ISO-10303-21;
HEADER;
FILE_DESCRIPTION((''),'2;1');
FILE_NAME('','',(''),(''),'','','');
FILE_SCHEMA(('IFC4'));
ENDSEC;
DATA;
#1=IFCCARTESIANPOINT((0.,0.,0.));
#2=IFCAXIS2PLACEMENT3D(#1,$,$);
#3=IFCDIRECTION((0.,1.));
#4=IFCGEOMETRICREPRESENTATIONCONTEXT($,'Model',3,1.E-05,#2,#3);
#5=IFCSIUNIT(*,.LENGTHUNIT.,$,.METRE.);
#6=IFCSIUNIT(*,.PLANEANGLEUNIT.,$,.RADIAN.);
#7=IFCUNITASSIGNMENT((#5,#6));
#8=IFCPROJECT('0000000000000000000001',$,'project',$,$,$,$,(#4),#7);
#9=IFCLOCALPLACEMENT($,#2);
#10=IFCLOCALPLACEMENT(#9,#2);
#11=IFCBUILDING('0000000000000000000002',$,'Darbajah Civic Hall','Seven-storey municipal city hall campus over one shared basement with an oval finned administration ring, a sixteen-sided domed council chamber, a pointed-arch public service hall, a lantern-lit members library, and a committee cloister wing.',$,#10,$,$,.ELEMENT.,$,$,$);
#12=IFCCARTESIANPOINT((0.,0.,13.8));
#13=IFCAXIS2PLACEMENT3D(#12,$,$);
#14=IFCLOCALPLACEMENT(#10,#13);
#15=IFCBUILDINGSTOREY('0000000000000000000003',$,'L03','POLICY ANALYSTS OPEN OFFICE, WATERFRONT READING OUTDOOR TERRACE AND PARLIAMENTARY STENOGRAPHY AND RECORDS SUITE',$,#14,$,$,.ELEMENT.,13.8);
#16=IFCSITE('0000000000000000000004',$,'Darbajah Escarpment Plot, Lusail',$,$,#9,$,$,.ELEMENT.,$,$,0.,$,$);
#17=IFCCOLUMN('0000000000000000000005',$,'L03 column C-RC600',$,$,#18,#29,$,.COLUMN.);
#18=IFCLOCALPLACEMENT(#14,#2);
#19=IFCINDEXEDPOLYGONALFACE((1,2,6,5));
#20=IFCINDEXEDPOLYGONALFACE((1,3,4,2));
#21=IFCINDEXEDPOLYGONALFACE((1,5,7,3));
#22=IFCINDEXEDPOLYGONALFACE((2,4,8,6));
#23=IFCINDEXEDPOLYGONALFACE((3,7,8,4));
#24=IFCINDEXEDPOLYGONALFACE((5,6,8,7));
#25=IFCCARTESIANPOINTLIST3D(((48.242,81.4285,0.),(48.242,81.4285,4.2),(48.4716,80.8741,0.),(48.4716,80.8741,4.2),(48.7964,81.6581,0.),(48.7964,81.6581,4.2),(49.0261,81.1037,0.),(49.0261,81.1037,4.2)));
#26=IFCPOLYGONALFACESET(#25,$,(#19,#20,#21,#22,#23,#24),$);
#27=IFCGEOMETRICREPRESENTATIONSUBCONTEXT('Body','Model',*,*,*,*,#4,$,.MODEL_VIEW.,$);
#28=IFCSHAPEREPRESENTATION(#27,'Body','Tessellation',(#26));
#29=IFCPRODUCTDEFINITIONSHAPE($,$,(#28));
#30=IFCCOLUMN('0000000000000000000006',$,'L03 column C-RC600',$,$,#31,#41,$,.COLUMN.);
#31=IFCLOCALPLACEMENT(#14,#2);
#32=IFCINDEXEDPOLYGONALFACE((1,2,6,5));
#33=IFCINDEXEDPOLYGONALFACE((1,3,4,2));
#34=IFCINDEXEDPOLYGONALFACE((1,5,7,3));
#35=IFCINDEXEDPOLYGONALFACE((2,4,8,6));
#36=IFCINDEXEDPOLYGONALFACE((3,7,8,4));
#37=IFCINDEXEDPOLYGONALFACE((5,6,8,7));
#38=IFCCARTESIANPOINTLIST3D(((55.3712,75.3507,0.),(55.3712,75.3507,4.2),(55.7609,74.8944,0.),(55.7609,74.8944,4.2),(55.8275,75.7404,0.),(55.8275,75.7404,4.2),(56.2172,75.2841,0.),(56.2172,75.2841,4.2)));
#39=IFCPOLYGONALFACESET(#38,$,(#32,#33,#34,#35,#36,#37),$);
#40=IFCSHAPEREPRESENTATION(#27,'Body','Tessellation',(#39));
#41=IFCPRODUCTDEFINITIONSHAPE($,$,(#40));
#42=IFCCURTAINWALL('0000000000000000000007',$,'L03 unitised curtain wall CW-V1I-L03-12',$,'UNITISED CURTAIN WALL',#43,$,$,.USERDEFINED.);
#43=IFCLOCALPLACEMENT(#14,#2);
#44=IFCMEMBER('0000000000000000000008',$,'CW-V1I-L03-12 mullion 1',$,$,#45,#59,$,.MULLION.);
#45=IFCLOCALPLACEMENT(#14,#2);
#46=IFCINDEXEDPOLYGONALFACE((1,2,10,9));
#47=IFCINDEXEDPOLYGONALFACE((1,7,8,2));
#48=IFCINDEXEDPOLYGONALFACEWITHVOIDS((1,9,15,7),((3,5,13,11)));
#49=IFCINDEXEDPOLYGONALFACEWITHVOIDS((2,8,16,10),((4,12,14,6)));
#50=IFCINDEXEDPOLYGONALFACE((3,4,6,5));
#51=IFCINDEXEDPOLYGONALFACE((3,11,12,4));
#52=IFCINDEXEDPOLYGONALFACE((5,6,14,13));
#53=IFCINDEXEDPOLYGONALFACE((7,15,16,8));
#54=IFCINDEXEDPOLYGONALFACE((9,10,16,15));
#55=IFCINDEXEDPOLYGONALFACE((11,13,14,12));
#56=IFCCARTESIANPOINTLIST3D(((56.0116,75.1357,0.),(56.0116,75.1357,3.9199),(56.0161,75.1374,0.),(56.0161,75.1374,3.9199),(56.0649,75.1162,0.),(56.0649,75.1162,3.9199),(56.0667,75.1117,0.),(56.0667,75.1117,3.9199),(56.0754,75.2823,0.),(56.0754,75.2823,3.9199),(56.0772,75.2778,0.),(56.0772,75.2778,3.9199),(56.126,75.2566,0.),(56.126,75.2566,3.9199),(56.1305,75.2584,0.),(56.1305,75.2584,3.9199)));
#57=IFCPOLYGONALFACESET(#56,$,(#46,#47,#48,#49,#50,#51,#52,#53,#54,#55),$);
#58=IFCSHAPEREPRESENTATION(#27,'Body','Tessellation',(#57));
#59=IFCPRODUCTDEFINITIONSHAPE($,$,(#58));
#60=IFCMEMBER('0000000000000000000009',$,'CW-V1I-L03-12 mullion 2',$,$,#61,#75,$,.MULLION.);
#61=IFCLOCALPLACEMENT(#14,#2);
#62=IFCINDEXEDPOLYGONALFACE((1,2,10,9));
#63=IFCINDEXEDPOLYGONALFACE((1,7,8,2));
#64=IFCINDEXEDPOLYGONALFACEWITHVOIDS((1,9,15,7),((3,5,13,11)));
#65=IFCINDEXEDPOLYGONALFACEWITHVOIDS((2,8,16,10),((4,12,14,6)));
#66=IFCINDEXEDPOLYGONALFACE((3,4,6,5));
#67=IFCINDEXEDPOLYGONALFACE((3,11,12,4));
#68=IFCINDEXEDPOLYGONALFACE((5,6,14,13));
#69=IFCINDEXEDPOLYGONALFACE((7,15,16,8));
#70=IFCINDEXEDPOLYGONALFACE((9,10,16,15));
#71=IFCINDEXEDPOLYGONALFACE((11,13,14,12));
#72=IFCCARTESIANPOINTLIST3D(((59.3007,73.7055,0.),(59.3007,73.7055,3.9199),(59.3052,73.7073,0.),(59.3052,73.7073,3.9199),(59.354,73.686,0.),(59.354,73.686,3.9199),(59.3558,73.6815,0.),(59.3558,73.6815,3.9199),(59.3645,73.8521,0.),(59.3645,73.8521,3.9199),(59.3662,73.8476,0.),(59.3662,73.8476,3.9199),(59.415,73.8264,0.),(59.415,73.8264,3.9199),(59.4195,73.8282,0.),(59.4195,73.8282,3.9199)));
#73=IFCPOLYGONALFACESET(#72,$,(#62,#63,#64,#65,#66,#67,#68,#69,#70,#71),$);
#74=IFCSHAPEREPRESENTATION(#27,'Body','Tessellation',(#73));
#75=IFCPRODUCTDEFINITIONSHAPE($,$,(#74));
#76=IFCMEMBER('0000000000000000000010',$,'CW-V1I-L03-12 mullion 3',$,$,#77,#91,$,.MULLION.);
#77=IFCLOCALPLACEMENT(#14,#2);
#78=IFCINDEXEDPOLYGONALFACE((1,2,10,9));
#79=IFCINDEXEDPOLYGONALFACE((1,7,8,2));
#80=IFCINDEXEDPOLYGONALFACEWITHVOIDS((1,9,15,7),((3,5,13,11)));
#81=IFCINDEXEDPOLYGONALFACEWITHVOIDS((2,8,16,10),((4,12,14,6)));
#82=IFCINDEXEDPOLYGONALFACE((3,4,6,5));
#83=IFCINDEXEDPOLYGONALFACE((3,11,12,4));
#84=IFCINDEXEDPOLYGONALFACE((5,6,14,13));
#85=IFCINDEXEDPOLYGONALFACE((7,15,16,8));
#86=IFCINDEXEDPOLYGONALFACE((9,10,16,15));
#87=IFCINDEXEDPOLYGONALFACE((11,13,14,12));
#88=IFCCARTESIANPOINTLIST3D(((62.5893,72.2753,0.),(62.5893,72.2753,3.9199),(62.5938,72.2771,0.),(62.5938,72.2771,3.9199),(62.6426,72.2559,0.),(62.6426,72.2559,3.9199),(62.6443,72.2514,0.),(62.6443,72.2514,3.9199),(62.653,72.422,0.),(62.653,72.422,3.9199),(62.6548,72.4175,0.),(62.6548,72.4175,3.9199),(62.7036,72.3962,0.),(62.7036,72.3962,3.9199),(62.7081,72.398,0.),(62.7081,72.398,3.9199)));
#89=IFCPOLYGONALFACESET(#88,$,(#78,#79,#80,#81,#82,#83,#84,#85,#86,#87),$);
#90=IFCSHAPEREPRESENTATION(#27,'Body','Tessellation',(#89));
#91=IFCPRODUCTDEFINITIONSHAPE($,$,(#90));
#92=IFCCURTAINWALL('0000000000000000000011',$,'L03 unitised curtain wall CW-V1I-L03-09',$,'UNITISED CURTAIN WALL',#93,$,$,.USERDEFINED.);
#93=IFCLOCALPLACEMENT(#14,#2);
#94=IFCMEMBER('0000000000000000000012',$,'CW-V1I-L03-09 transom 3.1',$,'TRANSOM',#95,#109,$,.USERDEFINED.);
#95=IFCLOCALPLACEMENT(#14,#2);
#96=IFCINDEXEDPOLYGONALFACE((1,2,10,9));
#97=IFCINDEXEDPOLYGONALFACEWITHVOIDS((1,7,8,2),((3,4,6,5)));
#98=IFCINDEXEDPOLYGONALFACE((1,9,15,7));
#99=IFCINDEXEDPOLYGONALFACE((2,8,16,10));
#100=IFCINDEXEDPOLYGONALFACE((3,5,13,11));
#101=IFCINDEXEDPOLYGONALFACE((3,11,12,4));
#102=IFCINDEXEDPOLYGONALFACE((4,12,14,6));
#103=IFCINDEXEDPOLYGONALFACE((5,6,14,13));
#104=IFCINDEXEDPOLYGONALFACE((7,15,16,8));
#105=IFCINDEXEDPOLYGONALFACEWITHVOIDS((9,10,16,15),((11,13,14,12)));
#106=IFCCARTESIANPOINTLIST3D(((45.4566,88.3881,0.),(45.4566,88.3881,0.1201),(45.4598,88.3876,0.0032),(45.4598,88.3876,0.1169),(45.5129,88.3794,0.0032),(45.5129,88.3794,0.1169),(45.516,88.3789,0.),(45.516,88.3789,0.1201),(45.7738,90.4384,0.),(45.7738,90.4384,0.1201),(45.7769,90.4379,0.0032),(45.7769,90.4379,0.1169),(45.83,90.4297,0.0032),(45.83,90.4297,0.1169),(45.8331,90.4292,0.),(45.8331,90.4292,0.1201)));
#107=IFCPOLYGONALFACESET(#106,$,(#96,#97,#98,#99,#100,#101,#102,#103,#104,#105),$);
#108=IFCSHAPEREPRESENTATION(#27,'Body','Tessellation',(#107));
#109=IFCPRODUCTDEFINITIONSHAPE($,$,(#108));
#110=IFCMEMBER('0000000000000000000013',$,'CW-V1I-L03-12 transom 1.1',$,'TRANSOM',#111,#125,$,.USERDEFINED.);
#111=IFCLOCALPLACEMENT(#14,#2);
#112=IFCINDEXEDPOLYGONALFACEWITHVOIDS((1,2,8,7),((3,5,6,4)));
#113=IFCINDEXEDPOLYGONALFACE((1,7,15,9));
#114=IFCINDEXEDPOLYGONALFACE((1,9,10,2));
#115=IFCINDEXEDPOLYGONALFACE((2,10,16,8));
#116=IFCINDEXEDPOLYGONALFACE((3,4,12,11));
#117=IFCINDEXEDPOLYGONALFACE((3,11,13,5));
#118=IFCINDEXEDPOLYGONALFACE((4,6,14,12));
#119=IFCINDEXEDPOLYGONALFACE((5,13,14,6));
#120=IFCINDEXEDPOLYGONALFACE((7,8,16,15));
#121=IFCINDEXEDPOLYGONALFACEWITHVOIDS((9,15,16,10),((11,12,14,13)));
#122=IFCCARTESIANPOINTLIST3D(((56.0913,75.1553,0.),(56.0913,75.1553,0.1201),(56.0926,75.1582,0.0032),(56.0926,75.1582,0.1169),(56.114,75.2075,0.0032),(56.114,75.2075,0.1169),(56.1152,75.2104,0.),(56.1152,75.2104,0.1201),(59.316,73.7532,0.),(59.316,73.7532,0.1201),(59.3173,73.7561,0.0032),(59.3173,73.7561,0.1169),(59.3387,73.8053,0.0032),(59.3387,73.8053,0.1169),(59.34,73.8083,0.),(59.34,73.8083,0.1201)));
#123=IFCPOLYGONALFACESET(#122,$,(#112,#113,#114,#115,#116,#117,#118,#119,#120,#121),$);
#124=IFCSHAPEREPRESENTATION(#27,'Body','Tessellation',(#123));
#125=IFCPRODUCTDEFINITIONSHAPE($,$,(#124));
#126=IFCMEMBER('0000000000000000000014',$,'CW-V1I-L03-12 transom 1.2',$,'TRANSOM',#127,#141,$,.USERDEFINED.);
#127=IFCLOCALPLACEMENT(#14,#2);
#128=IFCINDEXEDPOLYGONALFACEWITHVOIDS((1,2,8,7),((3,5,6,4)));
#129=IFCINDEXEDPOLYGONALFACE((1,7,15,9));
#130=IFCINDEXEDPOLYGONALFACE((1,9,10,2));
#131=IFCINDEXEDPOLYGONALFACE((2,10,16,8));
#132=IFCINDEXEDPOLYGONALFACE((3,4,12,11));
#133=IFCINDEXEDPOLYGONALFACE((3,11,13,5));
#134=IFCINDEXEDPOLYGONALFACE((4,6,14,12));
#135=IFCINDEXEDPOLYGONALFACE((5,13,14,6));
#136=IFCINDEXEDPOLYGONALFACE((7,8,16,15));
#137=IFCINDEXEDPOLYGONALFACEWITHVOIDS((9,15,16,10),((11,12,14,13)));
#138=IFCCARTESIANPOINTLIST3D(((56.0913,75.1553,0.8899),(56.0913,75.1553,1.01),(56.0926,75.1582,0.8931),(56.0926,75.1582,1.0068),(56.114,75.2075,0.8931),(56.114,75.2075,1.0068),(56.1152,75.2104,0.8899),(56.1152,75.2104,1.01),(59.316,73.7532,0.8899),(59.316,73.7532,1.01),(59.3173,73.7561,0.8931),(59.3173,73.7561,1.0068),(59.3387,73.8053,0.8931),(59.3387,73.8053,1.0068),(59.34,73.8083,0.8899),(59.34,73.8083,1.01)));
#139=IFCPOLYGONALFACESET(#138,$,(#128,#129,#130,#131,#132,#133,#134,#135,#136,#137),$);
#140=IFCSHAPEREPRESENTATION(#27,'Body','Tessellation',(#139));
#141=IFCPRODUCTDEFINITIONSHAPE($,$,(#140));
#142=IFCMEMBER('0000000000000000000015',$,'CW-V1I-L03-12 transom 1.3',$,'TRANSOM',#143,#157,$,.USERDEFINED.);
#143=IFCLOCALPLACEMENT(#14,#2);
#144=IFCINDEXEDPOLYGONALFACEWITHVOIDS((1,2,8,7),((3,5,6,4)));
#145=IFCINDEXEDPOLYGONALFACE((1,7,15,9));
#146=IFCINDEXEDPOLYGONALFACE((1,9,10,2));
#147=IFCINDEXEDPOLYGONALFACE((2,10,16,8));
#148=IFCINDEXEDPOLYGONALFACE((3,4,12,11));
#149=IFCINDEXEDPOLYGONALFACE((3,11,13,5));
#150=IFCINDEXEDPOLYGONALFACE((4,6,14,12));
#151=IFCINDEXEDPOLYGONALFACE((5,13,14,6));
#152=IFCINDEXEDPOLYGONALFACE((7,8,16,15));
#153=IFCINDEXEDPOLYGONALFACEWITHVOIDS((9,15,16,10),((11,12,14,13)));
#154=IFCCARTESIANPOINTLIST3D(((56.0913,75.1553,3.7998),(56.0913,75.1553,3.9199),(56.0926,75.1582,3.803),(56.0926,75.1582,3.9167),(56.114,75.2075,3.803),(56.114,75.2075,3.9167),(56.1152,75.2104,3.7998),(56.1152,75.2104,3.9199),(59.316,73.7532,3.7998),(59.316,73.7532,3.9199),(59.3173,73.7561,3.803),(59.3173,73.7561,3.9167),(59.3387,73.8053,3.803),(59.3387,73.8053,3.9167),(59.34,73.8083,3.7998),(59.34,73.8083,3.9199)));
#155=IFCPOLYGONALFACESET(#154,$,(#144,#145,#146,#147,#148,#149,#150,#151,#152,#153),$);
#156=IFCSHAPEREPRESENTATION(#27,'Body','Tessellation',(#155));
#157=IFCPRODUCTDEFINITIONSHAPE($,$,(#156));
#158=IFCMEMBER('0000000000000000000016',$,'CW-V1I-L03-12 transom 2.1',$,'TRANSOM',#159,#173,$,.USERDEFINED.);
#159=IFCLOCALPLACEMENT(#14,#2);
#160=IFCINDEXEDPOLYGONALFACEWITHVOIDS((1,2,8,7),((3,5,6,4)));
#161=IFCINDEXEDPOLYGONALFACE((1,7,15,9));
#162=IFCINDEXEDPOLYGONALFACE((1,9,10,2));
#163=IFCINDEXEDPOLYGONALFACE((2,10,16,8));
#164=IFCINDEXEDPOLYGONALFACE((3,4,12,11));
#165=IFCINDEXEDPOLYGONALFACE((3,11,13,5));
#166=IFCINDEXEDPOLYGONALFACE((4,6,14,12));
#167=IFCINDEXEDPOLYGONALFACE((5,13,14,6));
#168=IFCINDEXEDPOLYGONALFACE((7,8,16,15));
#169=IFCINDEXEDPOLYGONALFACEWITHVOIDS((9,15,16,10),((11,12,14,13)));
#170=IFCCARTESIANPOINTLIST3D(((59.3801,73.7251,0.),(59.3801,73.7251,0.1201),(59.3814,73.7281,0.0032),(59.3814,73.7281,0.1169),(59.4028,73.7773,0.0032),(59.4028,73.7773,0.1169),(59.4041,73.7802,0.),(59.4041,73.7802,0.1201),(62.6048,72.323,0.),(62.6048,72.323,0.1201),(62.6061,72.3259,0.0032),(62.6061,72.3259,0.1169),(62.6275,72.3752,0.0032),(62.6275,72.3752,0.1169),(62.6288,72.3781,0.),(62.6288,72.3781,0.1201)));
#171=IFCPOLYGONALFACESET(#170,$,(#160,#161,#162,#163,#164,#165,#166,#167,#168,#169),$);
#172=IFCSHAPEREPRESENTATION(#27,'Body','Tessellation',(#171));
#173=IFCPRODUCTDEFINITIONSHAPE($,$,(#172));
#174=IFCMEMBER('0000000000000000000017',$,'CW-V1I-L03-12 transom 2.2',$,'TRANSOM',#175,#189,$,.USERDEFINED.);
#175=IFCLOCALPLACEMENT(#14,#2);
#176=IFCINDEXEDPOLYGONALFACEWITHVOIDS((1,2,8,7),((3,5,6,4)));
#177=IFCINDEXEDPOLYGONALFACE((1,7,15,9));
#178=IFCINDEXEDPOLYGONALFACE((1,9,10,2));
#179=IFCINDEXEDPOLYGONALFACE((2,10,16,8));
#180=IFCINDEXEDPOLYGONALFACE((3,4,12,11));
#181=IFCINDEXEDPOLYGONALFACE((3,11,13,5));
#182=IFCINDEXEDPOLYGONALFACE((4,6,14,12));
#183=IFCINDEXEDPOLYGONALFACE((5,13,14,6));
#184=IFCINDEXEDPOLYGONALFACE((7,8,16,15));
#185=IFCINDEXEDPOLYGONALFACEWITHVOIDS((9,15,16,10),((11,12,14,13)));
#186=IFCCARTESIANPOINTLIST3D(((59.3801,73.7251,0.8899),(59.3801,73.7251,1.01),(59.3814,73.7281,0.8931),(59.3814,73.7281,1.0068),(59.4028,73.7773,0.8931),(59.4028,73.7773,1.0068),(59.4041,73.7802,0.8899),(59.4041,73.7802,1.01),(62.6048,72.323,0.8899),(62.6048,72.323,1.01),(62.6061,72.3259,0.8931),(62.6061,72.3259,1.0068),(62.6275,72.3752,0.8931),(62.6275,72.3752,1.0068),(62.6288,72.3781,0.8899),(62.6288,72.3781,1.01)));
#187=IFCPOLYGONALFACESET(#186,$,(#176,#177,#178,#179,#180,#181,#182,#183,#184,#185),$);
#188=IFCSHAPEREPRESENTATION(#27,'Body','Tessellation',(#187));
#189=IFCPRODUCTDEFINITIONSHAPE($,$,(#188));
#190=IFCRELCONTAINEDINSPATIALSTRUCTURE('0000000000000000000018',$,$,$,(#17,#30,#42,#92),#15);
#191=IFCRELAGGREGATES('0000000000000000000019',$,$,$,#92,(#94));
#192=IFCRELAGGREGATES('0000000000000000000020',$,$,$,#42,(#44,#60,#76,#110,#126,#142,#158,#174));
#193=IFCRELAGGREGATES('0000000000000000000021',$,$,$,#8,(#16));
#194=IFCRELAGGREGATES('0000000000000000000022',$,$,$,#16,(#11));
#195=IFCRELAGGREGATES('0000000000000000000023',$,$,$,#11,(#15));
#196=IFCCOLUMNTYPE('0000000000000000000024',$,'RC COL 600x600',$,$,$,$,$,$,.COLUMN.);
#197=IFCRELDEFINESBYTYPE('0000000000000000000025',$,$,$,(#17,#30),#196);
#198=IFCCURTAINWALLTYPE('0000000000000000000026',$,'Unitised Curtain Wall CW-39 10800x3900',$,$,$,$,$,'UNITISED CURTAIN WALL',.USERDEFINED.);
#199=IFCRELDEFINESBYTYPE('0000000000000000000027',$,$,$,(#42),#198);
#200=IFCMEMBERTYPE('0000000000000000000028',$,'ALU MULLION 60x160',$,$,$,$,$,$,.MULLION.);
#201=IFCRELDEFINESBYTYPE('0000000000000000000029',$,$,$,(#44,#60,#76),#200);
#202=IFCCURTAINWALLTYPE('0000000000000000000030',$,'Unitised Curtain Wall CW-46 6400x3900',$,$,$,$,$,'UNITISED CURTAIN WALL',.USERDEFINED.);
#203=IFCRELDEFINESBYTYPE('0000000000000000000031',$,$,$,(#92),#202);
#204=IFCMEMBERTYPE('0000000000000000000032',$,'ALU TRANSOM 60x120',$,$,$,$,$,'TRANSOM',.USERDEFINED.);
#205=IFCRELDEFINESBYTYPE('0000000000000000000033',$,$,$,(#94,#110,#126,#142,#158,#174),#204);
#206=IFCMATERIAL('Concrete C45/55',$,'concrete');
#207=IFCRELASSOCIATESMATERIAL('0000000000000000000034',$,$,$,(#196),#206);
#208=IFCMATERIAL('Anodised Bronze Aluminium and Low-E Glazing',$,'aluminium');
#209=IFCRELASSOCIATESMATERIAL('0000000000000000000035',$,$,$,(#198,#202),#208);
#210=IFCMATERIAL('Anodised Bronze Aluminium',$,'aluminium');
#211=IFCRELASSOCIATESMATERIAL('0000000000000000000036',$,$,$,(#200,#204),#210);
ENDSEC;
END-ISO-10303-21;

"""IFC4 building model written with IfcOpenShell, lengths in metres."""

from ifc_helpers import new_model, si_unit, direction, frame, origin, origin_2d, place, context, subcontext, project, spatial, rectangle, hollow_rectangle, extrude, material, material_profile, profile_set, type_object, element, aggregate, save


model = new_model("IFC4")

# Units and contexts
model_context = context("Model", 3, precision=1e-05, world=origin(), true_north=direction((0.0, 1.0)))
body_context = subcontext(model_context, "Body", "Model", "MODEL_VIEW")
ifc_project = project(units=[si_unit("LENGTHUNIT", "METRE"), si_unit("PLANEANGLEUNIT", "RADIAN")], contexts=[model_context])

# Site, building, storey
site_placement = place(None, origin())
site = spatial("IfcSite", under=ifc_project, at=site_placement, Name="Darbajah Escarpment Plot, Lusail", CompositionType="ELEMENT", RefElevation=0.0)
building_placement = place(site_placement, origin())
building = spatial("IfcBuilding", under=site, at=building_placement, Name="Darbajah Civic Hall", Description="Seven-storey municipal city hall campus over one shared basement with an oval finned administration ring, a sixteen-sided domed council chamber, a pointed-arch public service hall, a lantern-lit members library, and a committee cloister wing.", CompositionType="ELEMENT")
storey_placement = place(building_placement, frame((0.0, 0.0, 13.8)))
storey = spatial("IfcBuildingStorey", under=building, at=storey_placement, Name="L03", Description="POLICY ANALYSTS OPEN OFFICE, WATERFRONT READING OUTDOOR TERRACE AND PARLIAMENTARY STENOGRAPHY AND RECORDS SUITE", CompositionType="ELEMENT", Elevation=13.8)

# Columns
ifc_material_1 = material(Name="Concrete C45/55", Category="concrete")
ifc_material_profile_1 = material_profile(ifc_material_1, rectangle(XDim=0.6001, YDim=0.6001, at=origin_2d()), Name="RC COL 600x600")
ifc_profile_set_1 = profile_set([ifc_material_profile_1], Name="Concrete C45/55")
column_type = type_object("IfcColumnType", Name="RC COL 600x600", PredefinedType="COLUMN", material=ifc_profile_set_1)
for number, where, z_axis, x_axis, name in (
    (1, (48.634, 81.2661, 0.0), (0.0, 0.0, 1.0), (-0.92388, -0.382683, 0.0), "L03 column C-RC600"),
    (2, (55.7942, 75.3174, 0.0), (0.0, 0.0, 1.0), (-0.760406, -0.649448, 0.0), "L03 column C-RC600"),
):
    element("IfcColumn", number, at=place(storey_placement, frame(where, z_axis=z_axis, x_axis=x_axis)), inside=storey, type_object=column_type, Name=name, PredefinedType="COLUMN", context=body_context, shape_type="SweptSolid", body=[
        extrude(rectangle(XDim=0.6001, YDim=0.6001, at=origin_2d()), origin(), (0.0, 0.0, 1.0), 4.2),
    ])

# Curtain wall, members
ifc_material_2 = material(Name="Anodised Bronze Aluminium and Low-E Glazing", Category="aluminium")
curtain_wall_type_1 = type_object("IfcCurtainWallType", Name="Unitised Curtain Wall CW-39 10800x3900", ElementType="UNITISED CURTAIN WALL", PredefinedType="USERDEFINED", material=ifc_material_2)
curtain_wall_1_placement = place(storey_placement, origin())
curtain_wall_1 = element("IfcCurtainWall", 3, at=curtain_wall_1_placement, inside=storey, type_object=curtain_wall_type_1, Name="L03 unitised curtain wall CW-V1I-L03-12", ObjectType="UNITISED CURTAIN WALL", PredefinedType="USERDEFINED")
ifc_material_3 = material(Name="Anodised Bronze Aluminium", Category="aluminium")
ifc_material_profile_2 = material_profile(ifc_material_3, hollow_rectangle(XDim=0.0601, YDim=0.1599, WallThickness=0.0034, at=origin_2d()), Name="ALU MULLION 60x160")
ifc_profile_set_2 = profile_set([ifc_material_profile_2], Name="Anodised Bronze Aluminium")
member_type_1 = type_object("IfcMemberType", Name="ALU MULLION 60x160", PredefinedType="MULLION", material=ifc_profile_set_2)
member_1_placement = place(storey_placement, frame((56.071, 75.197, 0.0), z_axis=(0.0, 0.0, 1.0), x_axis=(0.91706, -0.398749, 0.0)))
member_1 = element("IfcMember", 4, at=member_1_placement, type_object=member_type_1, Name="CW-V1I-L03-12 mullion 1", PredefinedType="MULLION", context=body_context, shape_type="SweptSolid", body=[
    extrude(hollow_rectangle(XDim=0.0601, YDim=0.1599, WallThickness=0.0034, at=origin_2d()), origin(), (0.0, 0.0, 1.0), 3.9199),
])
member_2_placement = place(storey_placement, frame((59.3601, 73.7668, 0.0), z_axis=(0.0, 0.0, 1.0), x_axis=(0.91706, -0.398749, 0.0)))
member_2 = element("IfcMember", 5, at=member_2_placement, type_object=member_type_1, Name="CW-V1I-L03-12 mullion 2", PredefinedType="MULLION", context=body_context, shape_type="SweptSolid", body=[
    extrude(hollow_rectangle(XDim=0.0601, YDim=0.1599, WallThickness=0.0034, at=origin_2d()), origin(), (0.0, 0.0, 1.0), 3.9199),
])
member_3_placement = place(storey_placement, frame((62.6487, 72.3367, 0.0), z_axis=(0.0, 0.0, 1.0), x_axis=(0.91706, -0.398749, 0.0)))
member_3 = element("IfcMember", 6, at=member_3_placement, type_object=member_type_1, Name="CW-V1I-L03-12 mullion 3", PredefinedType="MULLION", context=body_context, shape_type="SweptSolid", body=[
    extrude(hollow_rectangle(XDim=0.0601, YDim=0.1599, WallThickness=0.0034, at=origin_2d()), origin(), (0.0, 0.0, 1.0), 3.9199),
])

# Curtain wall, member
curtain_wall_type_2 = type_object("IfcCurtainWallType", Name="Unitised Curtain Wall CW-46 6400x3900", ElementType="UNITISED CURTAIN WALL", PredefinedType="USERDEFINED", material=ifc_material_2)
curtain_wall_2_placement = place(storey_placement, origin())
curtain_wall_2 = element("IfcCurtainWall", 7, at=curtain_wall_2_placement, inside=storey, type_object=curtain_wall_type_2, Name="L03 unitised curtain wall CW-V1I-L03-09", ObjectType="UNITISED CURTAIN WALL", PredefinedType="USERDEFINED")
ifc_material_profile_3 = material_profile(ifc_material_3, hollow_rectangle(XDim=0.0601, YDim=0.1201, WallThickness=0.0032, at=origin_2d()), Name="ALU TRANSOM 60x120")
ifc_profile_set_3 = profile_set([ifc_material_profile_3], Name="Anodised Bronze Aluminium")
member_type_2 = type_object("IfcMemberType", Name="ALU TRANSOM 60x120", ElementType="TRANSOM", PredefinedType="USERDEFINED", material=ifc_profile_set_3)
member_4_placement = place(storey_placement, frame((45.8035, 90.4338, 0.0601), z_axis=(-0.152862, -0.988248, 0.0), x_axis=(0.988248, -0.152862, 0.0)))
member_4 = element("IfcMember", 8, at=member_4_placement, type_object=member_type_2, Name="CW-V1I-L03-09 transom 3.1", ObjectType="TRANSOM", PredefinedType="USERDEFINED", context=body_context, shape_type="SweptSolid", body=[
    extrude(hollow_rectangle(XDim=0.0601, YDim=0.1201, WallThickness=0.0032, at=origin_2d()), origin(), (0.0, 0.0, 1.0), 2.0747),
])

# Members
member_5_placement = place(storey_placement, frame((56.1033, 75.1829, 0.0601), z_axis=(0.91706, -0.398749, 0.0), x_axis=(0.398749, 0.91706, 0.0)))
member_5 = element("IfcMember", 9, at=member_5_placement, type_object=member_type_2, Name="CW-V1I-L03-12 transom 1.1", ObjectType="TRANSOM", PredefinedType="USERDEFINED", context=body_context, shape_type="SweptSolid", body=[
    extrude(hollow_rectangle(XDim=0.0601, YDim=0.1201, WallThickness=0.0032, at=origin_2d()), origin(), (0.0, 0.0, 1.0), 3.5164),
])
member_6_placement = place(storey_placement, frame((56.1033, 75.1829, 0.95), z_axis=(0.91706, -0.398749, 0.0), x_axis=(0.398749, 0.91706, 0.0)))
member_6 = element("IfcMember", 10, at=member_6_placement, type_object=member_type_2, Name="CW-V1I-L03-12 transom 1.2", ObjectType="TRANSOM", PredefinedType="USERDEFINED", context=body_context, shape_type="SweptSolid", body=[
    extrude(hollow_rectangle(XDim=0.0601, YDim=0.1201, WallThickness=0.0032, at=origin_2d()), origin(), (0.0, 0.0, 1.0), 3.5164),
])
member_7_placement = place(storey_placement, frame((56.1033, 75.1829, 3.8599), z_axis=(0.91706, -0.398749, 0.0), x_axis=(0.398749, 0.91706, 0.0)))
member_7 = element("IfcMember", 11, at=member_7_placement, type_object=member_type_2, Name="CW-V1I-L03-12 transom 1.3", ObjectType="TRANSOM", PredefinedType="USERDEFINED", context=body_context, shape_type="SweptSolid", body=[
    extrude(hollow_rectangle(XDim=0.0601, YDim=0.1201, WallThickness=0.0032, at=origin_2d()), origin(), (0.0, 0.0, 1.0), 3.5164),
])
member_8_placement = place(storey_placement, frame((59.3921, 73.7527, 0.0601), z_axis=(0.91706, -0.398749, 0.0), x_axis=(0.398749, 0.91706, 0.0)))
member_8 = element("IfcMember", 12, at=member_8_placement, type_object=member_type_2, Name="CW-V1I-L03-12 transom 2.1", ObjectType="TRANSOM", PredefinedType="USERDEFINED", context=body_context, shape_type="SweptSolid", body=[
    extrude(hollow_rectangle(XDim=0.0601, YDim=0.1201, WallThickness=0.0032, at=origin_2d()), origin(), (0.0, 0.0, 1.0), 3.5164),
])
member_9_placement = place(storey_placement, frame((59.3921, 73.7527, 0.95), z_axis=(0.91706, -0.398749, 0.0), x_axis=(0.398749, 0.91706, 0.0)))
member_9 = element("IfcMember", 13, at=member_9_placement, type_object=member_type_2, Name="CW-V1I-L03-12 transom 2.2", ObjectType="TRANSOM", PredefinedType="USERDEFINED", context=body_context, shape_type="SweptSolid", body=[
    extrude(hollow_rectangle(XDim=0.0601, YDim=0.1201, WallThickness=0.0032, at=origin_2d()), origin(), (0.0, 0.0, 1.0), 3.5164),
])

aggregate(curtain_wall_2, [member_4])
aggregate(curtain_wall_1, [member_1, member_2, member_3, member_5, member_6, member_7, member_8, member_9])

save(model, "model.ifc")
